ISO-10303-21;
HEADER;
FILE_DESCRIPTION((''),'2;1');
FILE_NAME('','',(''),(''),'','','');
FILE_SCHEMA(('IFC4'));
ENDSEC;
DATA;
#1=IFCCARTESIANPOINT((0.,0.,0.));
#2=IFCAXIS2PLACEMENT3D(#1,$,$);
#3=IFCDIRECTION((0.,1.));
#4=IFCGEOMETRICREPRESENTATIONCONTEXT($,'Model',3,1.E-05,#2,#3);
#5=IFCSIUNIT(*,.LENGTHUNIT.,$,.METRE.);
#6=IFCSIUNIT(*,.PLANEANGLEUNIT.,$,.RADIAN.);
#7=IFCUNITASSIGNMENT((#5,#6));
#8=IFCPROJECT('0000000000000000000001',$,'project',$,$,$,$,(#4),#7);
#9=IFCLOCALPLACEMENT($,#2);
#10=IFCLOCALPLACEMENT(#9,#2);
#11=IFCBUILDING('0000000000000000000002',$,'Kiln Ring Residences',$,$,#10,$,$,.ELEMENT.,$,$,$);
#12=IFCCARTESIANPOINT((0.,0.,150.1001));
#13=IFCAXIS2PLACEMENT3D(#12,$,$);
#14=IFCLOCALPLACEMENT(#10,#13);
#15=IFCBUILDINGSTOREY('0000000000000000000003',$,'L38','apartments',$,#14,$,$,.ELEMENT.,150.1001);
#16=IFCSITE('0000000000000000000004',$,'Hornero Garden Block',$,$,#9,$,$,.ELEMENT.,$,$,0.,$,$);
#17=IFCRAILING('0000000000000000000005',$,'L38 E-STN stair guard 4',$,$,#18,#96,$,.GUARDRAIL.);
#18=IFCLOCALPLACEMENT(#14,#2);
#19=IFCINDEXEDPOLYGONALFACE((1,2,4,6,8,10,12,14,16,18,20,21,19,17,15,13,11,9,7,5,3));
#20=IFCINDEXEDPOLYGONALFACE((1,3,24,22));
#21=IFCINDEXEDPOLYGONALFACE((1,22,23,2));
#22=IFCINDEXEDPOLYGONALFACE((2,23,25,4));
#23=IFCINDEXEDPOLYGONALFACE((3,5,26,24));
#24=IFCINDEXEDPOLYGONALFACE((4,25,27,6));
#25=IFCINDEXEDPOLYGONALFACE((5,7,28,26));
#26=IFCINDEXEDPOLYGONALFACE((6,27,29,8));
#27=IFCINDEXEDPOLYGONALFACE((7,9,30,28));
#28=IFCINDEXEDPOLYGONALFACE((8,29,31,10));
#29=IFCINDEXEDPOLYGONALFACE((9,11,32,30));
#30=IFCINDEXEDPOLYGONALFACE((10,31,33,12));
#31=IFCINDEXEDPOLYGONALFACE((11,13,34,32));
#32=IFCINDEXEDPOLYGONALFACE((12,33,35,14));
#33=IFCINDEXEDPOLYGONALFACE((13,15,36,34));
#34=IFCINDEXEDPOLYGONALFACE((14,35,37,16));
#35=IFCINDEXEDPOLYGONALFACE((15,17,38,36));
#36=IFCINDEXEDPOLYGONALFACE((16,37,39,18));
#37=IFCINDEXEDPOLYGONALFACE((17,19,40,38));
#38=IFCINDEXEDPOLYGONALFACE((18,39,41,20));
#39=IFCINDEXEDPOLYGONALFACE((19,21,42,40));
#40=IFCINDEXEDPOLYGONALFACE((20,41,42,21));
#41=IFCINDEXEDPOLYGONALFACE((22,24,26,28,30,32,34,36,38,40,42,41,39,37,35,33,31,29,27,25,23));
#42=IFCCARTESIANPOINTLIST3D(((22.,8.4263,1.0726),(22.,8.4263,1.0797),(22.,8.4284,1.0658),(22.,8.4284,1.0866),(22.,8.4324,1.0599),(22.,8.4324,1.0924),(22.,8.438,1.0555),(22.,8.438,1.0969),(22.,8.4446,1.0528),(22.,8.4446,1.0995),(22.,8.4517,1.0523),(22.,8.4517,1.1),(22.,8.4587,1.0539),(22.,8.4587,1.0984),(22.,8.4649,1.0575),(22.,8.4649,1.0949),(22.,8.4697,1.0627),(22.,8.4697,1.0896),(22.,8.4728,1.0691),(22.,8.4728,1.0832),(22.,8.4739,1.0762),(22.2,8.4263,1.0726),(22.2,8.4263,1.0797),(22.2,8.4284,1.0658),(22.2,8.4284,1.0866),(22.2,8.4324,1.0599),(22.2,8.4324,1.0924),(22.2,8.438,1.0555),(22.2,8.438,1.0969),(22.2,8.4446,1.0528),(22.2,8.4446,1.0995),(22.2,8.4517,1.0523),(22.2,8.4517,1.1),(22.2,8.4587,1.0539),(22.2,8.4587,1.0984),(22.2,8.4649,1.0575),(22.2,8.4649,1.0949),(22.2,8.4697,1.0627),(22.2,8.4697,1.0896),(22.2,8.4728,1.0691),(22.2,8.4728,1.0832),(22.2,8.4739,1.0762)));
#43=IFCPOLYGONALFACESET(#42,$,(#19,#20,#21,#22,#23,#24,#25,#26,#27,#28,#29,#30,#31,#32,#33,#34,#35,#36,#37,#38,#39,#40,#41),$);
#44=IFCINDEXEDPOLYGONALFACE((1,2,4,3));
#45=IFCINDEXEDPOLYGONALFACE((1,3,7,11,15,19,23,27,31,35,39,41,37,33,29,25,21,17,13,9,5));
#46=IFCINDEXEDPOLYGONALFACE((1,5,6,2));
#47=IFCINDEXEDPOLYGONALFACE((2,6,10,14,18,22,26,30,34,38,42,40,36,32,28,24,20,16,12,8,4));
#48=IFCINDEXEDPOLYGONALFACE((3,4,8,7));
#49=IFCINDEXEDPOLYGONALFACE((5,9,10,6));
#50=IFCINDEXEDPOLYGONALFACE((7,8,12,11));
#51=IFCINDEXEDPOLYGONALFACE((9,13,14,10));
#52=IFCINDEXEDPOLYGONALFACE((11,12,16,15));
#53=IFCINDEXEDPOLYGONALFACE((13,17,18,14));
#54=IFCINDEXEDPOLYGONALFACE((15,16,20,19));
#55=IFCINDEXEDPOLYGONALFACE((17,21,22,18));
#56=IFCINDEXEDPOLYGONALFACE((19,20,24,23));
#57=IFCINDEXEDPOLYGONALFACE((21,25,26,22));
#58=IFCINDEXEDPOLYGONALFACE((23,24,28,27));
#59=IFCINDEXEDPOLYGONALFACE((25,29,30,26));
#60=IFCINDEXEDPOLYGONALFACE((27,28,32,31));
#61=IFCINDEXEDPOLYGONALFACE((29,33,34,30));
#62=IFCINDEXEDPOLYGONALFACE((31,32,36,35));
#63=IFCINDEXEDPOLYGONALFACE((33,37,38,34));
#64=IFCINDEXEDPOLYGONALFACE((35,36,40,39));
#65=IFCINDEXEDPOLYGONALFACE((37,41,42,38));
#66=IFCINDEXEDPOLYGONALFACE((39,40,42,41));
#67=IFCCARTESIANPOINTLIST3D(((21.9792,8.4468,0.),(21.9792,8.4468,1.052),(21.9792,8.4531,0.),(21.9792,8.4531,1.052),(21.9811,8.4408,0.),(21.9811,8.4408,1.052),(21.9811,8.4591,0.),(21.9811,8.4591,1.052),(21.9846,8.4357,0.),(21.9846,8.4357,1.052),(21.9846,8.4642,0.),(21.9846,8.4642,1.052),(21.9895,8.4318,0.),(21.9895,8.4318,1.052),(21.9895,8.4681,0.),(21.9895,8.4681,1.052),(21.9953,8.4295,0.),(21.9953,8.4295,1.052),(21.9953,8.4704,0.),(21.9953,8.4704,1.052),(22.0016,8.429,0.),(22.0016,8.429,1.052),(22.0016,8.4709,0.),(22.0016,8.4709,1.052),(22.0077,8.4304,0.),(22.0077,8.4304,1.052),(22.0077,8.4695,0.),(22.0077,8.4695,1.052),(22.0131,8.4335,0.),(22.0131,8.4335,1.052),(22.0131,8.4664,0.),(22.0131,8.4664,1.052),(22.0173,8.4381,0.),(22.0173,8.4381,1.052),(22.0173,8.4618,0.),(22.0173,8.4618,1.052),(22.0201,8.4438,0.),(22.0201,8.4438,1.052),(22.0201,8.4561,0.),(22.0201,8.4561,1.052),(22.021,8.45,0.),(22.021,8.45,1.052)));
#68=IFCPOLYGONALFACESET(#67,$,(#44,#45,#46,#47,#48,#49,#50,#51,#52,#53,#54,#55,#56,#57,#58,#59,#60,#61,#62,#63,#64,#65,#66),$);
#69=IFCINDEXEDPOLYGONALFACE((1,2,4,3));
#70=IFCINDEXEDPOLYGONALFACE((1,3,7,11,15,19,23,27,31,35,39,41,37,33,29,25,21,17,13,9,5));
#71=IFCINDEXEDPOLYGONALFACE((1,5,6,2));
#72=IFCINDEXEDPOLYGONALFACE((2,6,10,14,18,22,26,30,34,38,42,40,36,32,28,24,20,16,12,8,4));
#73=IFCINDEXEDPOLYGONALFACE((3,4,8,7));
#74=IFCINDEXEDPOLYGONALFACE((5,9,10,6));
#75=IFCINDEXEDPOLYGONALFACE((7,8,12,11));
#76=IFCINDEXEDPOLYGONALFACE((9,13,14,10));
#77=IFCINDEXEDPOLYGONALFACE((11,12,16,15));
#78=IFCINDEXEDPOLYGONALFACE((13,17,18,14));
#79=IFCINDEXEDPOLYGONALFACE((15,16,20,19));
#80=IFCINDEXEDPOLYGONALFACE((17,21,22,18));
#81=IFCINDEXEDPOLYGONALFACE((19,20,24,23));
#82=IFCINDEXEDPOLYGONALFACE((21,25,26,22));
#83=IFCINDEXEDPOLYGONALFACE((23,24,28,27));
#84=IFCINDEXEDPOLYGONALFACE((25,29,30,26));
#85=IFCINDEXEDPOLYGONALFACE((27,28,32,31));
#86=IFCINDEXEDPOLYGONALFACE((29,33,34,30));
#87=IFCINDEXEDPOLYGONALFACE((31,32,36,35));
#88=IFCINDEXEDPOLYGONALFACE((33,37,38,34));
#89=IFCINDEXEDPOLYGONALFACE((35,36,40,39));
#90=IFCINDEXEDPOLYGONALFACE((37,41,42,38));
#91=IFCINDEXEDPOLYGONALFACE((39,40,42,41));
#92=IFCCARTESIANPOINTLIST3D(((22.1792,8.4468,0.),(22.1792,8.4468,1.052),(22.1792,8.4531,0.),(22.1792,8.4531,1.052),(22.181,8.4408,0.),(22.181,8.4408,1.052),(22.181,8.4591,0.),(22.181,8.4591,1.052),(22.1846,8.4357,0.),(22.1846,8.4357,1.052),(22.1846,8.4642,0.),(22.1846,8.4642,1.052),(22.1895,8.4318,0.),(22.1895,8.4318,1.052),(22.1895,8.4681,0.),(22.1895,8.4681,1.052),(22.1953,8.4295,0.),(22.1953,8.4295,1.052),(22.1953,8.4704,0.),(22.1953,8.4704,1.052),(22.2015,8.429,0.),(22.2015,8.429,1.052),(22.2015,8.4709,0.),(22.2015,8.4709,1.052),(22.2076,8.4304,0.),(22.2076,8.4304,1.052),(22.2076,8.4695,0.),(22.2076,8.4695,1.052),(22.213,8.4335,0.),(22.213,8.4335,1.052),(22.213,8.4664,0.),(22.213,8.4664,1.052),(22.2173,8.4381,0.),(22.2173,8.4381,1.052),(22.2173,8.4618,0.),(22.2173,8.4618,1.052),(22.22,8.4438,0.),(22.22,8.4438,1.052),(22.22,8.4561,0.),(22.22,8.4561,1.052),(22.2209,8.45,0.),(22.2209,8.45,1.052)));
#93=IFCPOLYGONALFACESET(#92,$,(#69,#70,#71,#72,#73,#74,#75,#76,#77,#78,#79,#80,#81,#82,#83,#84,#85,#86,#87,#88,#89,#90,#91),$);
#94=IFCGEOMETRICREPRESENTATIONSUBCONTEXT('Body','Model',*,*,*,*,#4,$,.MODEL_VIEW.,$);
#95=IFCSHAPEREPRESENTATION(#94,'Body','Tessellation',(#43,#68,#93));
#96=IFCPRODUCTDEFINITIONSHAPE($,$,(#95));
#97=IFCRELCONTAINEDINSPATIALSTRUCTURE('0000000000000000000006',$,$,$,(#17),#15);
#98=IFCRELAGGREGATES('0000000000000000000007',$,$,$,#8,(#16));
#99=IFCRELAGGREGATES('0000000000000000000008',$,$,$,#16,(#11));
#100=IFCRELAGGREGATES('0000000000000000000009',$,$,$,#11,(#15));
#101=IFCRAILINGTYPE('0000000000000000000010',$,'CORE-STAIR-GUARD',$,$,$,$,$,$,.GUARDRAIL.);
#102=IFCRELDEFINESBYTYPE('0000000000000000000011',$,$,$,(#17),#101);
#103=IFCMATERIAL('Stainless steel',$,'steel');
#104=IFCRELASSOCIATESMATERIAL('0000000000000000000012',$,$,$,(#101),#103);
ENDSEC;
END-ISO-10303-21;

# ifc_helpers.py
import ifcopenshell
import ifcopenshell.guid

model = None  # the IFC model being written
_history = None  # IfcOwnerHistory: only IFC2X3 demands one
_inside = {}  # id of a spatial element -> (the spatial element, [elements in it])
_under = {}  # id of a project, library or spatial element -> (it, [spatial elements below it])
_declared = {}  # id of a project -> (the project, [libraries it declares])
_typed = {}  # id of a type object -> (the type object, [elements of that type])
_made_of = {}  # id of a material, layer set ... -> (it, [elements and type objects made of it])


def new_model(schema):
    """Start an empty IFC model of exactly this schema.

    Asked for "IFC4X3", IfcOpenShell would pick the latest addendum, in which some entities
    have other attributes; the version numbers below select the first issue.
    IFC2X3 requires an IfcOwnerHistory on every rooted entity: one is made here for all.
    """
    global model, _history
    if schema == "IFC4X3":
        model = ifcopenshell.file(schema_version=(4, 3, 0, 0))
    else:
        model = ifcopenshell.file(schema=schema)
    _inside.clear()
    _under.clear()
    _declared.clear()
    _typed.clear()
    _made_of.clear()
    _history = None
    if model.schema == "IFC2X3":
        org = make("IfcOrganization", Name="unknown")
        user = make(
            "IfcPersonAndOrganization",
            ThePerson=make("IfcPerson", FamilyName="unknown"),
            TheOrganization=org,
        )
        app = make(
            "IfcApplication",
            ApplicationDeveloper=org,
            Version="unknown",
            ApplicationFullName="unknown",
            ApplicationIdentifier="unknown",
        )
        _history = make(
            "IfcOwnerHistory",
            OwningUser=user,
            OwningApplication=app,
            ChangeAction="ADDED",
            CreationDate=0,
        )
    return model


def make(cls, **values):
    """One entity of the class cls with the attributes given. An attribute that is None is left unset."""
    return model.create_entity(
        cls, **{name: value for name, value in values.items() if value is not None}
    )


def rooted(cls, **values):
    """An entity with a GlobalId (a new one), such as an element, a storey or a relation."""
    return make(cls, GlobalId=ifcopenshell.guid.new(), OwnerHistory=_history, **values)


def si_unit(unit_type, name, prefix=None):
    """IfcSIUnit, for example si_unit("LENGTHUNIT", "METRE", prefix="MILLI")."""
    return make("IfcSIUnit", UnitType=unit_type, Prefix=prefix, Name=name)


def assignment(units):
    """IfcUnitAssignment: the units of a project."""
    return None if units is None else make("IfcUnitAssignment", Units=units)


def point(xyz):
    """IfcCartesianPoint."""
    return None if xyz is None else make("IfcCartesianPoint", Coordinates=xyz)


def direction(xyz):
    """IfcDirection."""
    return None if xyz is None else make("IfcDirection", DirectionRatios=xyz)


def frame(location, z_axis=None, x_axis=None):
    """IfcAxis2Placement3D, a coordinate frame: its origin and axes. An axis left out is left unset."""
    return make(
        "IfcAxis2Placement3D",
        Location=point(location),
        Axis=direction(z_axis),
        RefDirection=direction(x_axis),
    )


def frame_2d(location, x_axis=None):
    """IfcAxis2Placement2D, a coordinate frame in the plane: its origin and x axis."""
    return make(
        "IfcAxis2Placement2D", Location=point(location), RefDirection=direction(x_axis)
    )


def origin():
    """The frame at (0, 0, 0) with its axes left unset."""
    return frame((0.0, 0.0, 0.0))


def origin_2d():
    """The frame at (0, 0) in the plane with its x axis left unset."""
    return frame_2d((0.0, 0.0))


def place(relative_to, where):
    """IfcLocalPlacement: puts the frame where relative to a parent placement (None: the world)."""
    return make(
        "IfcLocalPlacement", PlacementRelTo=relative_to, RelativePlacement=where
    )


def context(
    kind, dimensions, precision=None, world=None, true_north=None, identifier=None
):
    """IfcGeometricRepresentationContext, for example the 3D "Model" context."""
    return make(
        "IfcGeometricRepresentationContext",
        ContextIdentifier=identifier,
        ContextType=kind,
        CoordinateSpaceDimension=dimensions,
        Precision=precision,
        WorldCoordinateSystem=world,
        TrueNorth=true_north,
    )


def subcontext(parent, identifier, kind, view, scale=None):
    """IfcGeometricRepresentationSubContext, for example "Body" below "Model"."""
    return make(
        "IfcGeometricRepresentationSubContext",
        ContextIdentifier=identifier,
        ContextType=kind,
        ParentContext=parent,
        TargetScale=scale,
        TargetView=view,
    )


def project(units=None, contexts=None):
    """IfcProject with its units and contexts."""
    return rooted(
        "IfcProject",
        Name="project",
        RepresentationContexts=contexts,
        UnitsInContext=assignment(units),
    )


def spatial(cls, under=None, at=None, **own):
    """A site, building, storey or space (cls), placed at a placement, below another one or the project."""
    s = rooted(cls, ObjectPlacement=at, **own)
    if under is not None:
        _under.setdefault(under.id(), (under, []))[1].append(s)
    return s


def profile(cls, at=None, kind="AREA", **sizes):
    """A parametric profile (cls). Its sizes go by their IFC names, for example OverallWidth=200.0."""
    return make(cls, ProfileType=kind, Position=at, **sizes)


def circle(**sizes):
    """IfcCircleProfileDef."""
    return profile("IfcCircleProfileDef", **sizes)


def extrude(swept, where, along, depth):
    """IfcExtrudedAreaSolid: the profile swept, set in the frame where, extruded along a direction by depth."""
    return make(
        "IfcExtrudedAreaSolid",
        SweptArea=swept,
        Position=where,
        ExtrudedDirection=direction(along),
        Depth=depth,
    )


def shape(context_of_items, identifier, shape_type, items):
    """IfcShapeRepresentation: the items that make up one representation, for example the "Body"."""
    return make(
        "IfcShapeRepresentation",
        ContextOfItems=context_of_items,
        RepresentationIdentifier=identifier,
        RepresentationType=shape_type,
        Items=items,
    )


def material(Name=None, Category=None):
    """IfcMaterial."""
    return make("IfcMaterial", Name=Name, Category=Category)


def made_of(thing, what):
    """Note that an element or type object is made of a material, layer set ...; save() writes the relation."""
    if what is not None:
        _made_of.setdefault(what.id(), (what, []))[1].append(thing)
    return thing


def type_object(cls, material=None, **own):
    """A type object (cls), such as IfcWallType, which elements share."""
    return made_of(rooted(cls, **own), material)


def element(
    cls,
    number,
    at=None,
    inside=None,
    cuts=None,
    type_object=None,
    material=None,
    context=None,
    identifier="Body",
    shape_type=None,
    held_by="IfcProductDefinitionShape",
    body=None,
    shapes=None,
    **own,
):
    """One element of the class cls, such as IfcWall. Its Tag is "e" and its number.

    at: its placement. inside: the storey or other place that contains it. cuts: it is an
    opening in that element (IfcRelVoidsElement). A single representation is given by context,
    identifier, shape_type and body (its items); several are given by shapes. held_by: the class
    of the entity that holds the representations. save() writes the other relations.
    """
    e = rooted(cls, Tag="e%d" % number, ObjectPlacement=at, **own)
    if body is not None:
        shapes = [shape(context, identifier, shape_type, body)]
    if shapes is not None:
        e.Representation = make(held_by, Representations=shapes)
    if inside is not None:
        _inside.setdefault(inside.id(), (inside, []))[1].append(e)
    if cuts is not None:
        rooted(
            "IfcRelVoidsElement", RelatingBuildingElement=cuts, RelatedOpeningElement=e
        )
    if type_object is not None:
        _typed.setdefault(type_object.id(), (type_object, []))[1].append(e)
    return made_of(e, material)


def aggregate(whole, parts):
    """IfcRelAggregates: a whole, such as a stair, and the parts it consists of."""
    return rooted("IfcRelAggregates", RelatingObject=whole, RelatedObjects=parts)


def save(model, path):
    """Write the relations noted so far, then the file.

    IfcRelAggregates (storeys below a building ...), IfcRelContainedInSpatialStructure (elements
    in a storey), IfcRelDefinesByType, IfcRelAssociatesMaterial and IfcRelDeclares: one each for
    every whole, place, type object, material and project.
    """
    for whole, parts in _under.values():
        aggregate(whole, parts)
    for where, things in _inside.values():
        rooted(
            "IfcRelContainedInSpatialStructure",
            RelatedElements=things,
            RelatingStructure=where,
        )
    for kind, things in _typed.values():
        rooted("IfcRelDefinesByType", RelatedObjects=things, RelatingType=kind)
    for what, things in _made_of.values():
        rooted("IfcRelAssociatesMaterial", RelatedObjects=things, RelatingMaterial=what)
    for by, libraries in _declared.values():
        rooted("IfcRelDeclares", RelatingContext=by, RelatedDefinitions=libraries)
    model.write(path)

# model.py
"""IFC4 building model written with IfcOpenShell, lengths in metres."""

from ifc_helpers import new_model, si_unit, direction, frame, origin, origin_2d, place, context, subcontext, project, spatial, circle, extrude, material, type_object, element, save


model = new_model("IFC4")

# Units and contexts
model_context = context("Model", 3, precision=1e-05, world=origin(), true_north=direction((0.0, 1.0)))
body_context = subcontext(model_context, "Body", "Model", "MODEL_VIEW")
ifc_project = project(units=[si_unit("LENGTHUNIT", "METRE"), si_unit("PLANEANGLEUNIT", "RADIAN")], contexts=[model_context])

# Site, building, storey
site_placement = place(None, origin())
site = spatial("IfcSite", under=ifc_project, at=site_placement, Name="Hornero Garden Block", CompositionType="ELEMENT", RefElevation=0.0)
building_placement = place(site_placement, origin())
building = spatial("IfcBuilding", under=site, at=building_placement, Name="Kiln Ring Residences", CompositionType="ELEMENT")
storey_placement = place(building_placement, frame((0.0, 0.0, 150.1001)))
storey = spatial("IfcBuildingStorey", under=building, at=storey_placement, Name="L38", Description="apartments", CompositionType="ELEMENT", Elevation=150.1001)

# Railing
ifc_material_1 = material(Name="Stainless steel", Category="steel")
railing_type = type_object("IfcRailingType", Name="CORE-STAIR-GUARD", PredefinedType="GUARDRAIL", material=ifc_material_1)
railing_1_placement = place(storey_placement, frame((22.0, 8.45, 0.0)))
element("IfcRailing", 1, at=railing_1_placement, inside=storey, type_object=railing_type, Name="L38 E-STN stair guard 4", PredefinedType="GUARDRAIL", context=body_context, shape_type="SweptSolid", body=[
    extrude(circle(Radius=0.0239, at=origin_2d()), frame((0.0, 0.0, 1.0762), z_axis=(1.0, 0.0, 0.0), x_axis=(0.0, 1.0, 0.0)), (0.0, 0.0, 1.0), 0.2),
    extrude(circle(Radius=0.021, at=origin_2d()), origin(), (0.0, 0.0, 1.0), 1.052),
    extrude(circle(Radius=0.021, at=origin_2d()), frame((0.2, 0.0, 0.0)), (0.0, 0.0, 1.0), 1.052),
])

save(model, "model.ifc")
